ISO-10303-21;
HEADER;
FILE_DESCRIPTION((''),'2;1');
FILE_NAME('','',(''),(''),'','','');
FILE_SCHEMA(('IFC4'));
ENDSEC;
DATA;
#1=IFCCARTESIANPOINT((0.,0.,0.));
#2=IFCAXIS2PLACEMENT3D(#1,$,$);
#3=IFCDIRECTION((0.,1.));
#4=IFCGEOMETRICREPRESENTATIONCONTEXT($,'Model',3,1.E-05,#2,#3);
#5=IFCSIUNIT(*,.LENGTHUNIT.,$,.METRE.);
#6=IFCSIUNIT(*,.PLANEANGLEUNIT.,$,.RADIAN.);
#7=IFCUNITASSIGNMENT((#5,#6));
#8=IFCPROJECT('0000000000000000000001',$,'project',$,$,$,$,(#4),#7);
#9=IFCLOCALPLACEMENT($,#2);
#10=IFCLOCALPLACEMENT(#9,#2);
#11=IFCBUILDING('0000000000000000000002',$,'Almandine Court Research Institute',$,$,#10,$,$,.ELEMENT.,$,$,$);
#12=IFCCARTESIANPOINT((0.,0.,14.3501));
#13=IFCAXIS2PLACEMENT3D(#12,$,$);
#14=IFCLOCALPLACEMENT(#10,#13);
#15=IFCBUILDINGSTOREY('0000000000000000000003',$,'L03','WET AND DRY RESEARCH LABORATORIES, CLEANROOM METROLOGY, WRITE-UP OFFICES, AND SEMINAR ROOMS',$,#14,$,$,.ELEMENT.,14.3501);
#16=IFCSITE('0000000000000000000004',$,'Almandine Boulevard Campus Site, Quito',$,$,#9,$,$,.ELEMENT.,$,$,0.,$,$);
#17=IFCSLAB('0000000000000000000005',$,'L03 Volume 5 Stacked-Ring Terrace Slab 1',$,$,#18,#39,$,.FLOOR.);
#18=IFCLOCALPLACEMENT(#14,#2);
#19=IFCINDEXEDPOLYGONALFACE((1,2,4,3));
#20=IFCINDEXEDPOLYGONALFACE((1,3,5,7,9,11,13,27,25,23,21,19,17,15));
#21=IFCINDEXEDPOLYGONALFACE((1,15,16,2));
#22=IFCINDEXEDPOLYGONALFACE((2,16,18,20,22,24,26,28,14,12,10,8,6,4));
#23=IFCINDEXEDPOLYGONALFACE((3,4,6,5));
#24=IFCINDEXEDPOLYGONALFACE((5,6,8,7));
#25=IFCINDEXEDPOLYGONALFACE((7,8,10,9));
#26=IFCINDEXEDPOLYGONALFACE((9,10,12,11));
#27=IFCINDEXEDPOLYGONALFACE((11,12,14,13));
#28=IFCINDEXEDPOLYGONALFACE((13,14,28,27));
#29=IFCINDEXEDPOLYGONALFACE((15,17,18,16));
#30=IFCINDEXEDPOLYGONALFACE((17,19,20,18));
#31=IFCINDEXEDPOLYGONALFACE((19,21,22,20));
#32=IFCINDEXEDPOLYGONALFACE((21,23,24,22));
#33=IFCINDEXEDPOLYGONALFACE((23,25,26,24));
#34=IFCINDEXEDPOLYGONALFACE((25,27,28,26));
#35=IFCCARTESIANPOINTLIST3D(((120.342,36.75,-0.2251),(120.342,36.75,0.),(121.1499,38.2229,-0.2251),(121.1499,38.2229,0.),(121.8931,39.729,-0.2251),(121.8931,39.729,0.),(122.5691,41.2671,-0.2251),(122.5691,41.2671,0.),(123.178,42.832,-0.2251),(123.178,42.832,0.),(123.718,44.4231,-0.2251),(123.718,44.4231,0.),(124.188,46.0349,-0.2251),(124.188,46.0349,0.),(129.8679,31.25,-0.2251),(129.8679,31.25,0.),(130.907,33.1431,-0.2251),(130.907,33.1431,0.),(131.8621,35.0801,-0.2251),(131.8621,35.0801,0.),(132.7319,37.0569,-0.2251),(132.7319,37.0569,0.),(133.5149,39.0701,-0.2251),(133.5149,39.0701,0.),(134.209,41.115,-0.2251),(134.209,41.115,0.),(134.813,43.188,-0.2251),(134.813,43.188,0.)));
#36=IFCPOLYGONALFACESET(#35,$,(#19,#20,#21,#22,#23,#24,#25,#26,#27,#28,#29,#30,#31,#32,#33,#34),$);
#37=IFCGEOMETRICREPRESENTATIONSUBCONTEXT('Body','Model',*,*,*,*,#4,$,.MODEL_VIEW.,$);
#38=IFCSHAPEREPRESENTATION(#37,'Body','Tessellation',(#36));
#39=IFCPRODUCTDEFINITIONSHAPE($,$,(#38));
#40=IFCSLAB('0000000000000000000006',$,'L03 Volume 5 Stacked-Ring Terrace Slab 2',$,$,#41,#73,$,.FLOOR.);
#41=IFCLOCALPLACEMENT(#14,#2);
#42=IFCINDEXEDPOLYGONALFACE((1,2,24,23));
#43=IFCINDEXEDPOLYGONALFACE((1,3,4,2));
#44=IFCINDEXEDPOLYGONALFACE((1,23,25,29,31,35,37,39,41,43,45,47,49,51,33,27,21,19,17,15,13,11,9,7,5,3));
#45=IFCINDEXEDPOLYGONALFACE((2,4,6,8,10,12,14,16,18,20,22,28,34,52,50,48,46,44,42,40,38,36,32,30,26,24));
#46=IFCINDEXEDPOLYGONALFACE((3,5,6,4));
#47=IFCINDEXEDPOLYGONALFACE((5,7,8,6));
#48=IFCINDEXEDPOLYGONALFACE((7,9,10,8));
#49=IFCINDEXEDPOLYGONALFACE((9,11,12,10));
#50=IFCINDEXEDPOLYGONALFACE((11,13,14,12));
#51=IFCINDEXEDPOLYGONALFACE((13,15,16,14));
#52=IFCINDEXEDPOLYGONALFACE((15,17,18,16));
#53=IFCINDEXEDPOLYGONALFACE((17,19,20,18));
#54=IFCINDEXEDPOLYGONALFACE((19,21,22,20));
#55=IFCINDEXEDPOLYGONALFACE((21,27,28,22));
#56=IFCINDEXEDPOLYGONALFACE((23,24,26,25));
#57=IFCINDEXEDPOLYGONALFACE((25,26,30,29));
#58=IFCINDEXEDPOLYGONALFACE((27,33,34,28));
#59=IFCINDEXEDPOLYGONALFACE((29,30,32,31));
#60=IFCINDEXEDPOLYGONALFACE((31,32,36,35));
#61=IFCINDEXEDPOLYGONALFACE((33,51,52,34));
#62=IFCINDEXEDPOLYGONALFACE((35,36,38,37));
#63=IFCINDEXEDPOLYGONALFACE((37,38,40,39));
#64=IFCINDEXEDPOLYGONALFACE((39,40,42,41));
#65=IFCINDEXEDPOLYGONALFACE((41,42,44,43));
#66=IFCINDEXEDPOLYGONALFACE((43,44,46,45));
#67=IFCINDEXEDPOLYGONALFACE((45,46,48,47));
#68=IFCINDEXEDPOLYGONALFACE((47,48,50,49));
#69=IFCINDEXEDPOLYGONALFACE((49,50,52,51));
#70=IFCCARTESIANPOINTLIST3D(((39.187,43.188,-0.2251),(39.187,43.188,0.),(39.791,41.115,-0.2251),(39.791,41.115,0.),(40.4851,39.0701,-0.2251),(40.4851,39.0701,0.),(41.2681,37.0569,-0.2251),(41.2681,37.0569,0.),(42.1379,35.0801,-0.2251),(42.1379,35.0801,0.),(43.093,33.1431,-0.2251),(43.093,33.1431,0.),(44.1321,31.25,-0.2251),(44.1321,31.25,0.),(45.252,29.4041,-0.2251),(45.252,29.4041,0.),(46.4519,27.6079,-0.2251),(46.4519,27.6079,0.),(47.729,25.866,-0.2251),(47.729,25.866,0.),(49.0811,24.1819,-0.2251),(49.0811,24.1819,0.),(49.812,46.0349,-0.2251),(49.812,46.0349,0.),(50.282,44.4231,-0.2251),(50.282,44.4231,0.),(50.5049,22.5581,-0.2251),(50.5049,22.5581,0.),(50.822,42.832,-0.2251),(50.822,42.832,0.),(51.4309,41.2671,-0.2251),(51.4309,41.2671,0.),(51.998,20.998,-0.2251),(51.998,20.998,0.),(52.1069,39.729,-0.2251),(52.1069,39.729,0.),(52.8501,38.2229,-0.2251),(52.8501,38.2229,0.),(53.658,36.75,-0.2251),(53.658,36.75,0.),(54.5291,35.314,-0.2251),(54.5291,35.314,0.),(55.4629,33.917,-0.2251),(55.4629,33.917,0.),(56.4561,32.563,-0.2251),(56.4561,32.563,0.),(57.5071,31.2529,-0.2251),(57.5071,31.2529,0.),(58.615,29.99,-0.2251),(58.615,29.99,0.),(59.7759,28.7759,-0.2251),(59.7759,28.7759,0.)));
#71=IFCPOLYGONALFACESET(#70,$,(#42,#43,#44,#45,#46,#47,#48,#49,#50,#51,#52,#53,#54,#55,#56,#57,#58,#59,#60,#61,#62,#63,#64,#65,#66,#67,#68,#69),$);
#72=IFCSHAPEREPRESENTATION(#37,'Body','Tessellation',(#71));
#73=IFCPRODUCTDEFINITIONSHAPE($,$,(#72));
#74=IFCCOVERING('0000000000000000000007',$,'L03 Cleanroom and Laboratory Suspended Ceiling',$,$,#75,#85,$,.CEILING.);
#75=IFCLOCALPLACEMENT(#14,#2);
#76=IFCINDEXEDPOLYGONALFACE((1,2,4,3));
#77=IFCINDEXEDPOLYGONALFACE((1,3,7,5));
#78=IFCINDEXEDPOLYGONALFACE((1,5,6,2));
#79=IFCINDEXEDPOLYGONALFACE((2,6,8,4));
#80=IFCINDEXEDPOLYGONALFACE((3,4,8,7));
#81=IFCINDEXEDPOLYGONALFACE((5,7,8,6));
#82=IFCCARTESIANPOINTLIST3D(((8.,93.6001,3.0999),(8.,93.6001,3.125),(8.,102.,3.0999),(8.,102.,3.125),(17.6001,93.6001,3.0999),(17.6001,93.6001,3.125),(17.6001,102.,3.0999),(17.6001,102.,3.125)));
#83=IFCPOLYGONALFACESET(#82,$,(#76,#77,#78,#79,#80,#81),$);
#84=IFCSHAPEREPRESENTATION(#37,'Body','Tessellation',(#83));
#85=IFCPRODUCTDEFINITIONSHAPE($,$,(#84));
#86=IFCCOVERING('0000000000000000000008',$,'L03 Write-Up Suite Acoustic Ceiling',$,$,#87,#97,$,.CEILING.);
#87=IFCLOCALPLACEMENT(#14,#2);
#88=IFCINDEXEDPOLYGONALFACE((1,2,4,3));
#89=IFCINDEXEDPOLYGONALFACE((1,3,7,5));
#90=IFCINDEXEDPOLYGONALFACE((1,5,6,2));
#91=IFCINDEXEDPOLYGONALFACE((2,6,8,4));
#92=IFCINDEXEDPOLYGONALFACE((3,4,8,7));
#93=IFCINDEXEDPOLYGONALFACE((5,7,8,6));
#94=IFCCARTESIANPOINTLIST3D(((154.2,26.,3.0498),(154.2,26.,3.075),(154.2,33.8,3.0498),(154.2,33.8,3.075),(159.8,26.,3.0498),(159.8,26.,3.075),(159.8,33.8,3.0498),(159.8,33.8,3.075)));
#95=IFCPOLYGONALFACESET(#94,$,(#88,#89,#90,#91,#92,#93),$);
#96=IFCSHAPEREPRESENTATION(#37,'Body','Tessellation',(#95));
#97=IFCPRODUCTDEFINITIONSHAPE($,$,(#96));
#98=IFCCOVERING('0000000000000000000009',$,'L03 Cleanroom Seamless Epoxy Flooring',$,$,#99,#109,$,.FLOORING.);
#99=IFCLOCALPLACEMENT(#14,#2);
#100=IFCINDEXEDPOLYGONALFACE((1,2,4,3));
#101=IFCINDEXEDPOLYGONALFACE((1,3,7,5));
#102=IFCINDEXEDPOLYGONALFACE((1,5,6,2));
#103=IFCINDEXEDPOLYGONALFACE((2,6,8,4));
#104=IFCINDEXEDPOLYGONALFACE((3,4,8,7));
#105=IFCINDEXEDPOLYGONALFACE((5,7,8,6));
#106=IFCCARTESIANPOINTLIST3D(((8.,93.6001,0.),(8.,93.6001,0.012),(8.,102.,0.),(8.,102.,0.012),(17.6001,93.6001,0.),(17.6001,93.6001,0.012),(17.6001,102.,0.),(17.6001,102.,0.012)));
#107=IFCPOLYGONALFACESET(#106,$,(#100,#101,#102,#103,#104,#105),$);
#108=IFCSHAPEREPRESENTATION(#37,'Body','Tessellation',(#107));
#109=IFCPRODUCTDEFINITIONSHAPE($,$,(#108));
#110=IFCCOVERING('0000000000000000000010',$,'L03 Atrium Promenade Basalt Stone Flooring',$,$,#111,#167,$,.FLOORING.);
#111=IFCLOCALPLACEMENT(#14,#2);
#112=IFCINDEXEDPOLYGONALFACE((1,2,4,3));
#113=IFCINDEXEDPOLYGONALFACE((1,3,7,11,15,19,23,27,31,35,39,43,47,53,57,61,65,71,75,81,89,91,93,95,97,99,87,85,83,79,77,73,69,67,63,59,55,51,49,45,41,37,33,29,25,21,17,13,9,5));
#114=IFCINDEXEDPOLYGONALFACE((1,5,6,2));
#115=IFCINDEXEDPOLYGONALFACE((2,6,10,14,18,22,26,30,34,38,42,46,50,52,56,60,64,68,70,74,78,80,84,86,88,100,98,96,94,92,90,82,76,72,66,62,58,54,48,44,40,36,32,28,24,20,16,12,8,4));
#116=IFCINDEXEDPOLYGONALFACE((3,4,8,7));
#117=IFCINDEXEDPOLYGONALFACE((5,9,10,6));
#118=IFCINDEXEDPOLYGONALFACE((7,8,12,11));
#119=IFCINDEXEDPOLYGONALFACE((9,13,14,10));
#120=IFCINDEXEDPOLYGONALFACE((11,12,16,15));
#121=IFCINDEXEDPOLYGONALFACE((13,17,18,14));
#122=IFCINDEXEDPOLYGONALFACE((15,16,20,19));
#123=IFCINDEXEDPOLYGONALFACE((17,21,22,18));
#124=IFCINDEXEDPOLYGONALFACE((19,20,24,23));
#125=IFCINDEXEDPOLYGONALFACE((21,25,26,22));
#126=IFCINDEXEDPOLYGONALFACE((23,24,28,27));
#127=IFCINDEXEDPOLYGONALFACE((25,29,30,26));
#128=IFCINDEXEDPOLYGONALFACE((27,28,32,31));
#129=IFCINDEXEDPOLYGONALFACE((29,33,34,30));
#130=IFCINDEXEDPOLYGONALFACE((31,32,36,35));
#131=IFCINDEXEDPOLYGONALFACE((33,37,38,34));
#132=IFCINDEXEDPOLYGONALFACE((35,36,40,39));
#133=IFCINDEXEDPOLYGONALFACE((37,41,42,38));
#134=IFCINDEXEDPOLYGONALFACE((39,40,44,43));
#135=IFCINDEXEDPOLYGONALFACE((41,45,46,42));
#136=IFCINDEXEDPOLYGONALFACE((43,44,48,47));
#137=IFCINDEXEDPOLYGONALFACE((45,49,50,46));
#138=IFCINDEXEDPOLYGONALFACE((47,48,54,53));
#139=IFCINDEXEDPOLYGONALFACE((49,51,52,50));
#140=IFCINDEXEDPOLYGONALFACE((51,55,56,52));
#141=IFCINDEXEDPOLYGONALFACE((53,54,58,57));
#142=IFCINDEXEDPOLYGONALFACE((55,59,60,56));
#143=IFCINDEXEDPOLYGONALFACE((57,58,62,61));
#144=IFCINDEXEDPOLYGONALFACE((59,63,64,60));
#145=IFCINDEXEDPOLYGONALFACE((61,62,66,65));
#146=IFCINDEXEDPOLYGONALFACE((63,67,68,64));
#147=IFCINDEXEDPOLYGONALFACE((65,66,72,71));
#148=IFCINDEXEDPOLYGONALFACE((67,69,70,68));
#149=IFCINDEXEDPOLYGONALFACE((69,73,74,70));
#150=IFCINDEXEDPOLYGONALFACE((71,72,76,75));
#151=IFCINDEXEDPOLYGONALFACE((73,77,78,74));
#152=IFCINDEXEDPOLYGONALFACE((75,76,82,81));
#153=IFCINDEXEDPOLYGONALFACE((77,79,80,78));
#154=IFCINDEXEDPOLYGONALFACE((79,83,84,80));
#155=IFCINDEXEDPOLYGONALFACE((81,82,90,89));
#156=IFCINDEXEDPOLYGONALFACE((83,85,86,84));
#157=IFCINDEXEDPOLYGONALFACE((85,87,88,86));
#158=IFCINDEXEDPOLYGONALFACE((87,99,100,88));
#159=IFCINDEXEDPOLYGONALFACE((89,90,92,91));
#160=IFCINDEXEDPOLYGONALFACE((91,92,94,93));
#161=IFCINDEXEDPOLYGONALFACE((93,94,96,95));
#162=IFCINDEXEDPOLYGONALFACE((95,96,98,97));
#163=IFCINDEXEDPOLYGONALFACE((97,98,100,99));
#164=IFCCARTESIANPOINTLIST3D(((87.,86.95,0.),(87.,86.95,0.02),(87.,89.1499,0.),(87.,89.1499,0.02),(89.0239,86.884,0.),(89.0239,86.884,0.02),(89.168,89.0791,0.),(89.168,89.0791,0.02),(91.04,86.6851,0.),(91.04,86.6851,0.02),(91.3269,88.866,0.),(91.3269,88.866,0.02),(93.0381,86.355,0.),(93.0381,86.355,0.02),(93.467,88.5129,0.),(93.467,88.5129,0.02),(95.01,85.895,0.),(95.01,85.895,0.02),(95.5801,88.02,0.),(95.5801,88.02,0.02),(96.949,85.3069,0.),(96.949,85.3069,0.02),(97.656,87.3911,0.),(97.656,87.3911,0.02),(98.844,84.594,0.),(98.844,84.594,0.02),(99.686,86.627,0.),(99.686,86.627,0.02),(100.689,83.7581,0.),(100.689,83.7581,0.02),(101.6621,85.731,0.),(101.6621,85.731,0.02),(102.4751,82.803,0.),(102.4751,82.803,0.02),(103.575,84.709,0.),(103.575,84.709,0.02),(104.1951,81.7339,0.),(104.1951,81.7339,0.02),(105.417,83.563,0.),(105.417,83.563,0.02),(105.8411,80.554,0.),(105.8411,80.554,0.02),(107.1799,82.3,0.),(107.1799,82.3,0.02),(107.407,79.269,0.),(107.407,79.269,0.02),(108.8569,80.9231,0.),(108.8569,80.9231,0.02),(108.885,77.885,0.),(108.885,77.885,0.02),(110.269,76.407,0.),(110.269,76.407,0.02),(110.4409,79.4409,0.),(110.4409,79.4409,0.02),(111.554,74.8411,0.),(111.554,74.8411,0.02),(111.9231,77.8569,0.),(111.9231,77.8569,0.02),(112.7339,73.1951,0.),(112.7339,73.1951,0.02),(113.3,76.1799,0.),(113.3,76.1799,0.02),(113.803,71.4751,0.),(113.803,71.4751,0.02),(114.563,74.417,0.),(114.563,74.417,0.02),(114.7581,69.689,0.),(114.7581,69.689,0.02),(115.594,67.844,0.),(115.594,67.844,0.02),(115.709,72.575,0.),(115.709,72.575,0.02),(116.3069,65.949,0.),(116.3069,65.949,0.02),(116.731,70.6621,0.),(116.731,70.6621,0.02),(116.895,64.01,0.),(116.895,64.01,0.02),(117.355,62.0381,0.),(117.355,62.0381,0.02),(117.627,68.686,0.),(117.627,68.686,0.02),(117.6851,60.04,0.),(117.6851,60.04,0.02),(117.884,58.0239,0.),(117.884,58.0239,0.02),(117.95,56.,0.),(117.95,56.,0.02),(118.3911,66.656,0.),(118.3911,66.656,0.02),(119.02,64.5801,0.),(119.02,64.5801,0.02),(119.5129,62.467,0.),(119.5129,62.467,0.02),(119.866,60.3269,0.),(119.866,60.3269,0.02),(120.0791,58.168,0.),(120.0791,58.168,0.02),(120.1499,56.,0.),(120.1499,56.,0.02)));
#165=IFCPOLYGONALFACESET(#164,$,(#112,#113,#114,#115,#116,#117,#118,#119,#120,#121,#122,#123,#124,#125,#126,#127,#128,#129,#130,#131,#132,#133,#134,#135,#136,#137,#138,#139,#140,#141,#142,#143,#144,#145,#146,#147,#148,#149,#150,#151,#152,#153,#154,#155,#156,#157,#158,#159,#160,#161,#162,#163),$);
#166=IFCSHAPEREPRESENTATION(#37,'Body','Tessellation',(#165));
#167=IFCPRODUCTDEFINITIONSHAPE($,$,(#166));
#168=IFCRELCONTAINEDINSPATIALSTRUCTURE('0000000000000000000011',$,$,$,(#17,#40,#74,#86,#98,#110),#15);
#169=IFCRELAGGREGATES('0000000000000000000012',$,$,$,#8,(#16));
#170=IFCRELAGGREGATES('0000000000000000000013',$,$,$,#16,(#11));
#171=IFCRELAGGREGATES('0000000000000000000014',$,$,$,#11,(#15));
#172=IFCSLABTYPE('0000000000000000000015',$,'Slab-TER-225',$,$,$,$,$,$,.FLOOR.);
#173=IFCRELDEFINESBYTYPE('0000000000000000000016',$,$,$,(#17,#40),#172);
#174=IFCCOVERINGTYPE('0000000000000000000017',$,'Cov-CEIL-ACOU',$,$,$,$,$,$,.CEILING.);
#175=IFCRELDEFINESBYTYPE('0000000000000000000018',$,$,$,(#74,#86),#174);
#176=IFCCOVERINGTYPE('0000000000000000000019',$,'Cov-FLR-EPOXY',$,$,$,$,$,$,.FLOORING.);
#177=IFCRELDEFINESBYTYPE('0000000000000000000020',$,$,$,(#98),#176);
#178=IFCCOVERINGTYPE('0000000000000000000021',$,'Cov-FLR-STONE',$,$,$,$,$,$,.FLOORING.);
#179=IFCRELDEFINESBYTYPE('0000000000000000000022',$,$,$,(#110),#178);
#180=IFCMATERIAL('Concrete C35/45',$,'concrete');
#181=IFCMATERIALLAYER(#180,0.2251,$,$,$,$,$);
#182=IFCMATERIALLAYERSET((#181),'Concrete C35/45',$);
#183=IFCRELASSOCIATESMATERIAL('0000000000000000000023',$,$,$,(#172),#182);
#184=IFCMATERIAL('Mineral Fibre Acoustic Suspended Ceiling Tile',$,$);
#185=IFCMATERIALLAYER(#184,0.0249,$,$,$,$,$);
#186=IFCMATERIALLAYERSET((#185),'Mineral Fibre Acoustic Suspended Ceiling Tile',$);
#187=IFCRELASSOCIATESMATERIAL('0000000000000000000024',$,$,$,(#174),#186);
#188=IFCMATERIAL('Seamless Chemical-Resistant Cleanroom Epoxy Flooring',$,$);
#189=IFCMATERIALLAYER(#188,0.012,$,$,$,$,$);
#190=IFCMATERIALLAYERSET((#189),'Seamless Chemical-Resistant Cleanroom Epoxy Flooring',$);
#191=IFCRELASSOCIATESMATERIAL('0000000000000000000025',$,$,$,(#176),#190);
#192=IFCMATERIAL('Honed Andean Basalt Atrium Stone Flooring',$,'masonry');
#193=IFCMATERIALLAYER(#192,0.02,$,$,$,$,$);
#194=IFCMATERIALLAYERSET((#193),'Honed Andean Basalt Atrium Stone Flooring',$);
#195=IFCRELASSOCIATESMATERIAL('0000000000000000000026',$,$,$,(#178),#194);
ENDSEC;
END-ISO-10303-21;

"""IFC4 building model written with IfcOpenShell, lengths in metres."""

from ifc_helpers import new_model, si_unit, direction, frame, origin, place, context, subcontext, project, spatial, polyline, outline, extrude, material, layer, layer_set, type_object, element, save


model = new_model("IFC4")

# Units and contexts
model_context = context("Model", 3, precision=1e-05, world=origin(), true_north=direction((0.0, 1.0)))
body_context = subcontext(model_context, "Body", "Model", "MODEL_VIEW")
ifc_project = project(units=[si_unit("LENGTHUNIT", "METRE"), si_unit("PLANEANGLEUNIT", "RADIAN")], contexts=[model_context])

# Site, building, storey
site_placement = place(None, origin())
site = spatial("IfcSite", under=ifc_project, at=site_placement, Name="Almandine Boulevard Campus Site, Quito", CompositionType="ELEMENT", RefElevation=0.0)
building_placement = place(site_placement, origin())
building = spatial("IfcBuilding", under=site, at=building_placement, Name="Almandine Court Research Institute", CompositionType="ELEMENT")
storey_placement = place(building_placement, frame((0.0, 0.0, 14.3501)))
storey = spatial("IfcBuildingStorey", under=building, at=storey_placement, Name="L03", Description="WET AND DRY RESEARCH LABORATORIES, CLEANROOM METROLOGY, WRITE-UP OFFICES, AND SEMINAR ROOMS", CompositionType="ELEMENT", Elevation=14.3501)

# Shared definitions
ifc_material_1 = material(Name="Concrete C35/45", Category="concrete")

# Slabs
ifc_layer_1 = layer(ifc_material_1, 0.2251)
ifc_layer_set_1 = layer_set([ifc_layer_1], Name="Concrete C35/45")
slab_type_1 = type_object("IfcSlabType", Name="Slab-TER-225", PredefinedType="FLOOR", material=ifc_layer_set_1)
slab_1_placement = place(storey_placement, frame((0.0, 0.0, -0.2251)))
element("IfcSlab", 1, at=slab_1_placement, inside=storey, type_object=slab_type_1, Name="L03 Volume 5 Stacked-Ring Terrace Slab 1", PredefinedType="FLOOR", context=body_context, shape_type="SweptSolid", body=[
    extrude(outline(polyline([(129.8679, 31.25), (130.907, 33.1431), (131.8621, 35.0801), (132.7319, 37.0569), (133.5149, 39.0701), (134.209, 41.115), (134.813, 43.188), (124.188, 46.0349), (123.718, 44.4231), (123.178, 42.832), (122.5691, 41.2671), (121.8931, 39.729), (121.1499, 38.2229), (120.342, 36.75), (129.8679, 31.25)])), origin(), (0.0, 0.0, 1.0), 0.2251),
])
slab_2_placement = place(storey_placement, frame((0.0, 0.0, -0.2251)))
element("IfcSlab", 2, at=slab_2_placement, inside=storey, type_object=slab_type_1, Name="L03 Volume 5 Stacked-Ring Terrace Slab 2", PredefinedType="FLOOR", context=body_context, shape_type="SweptSolid", body=[
    extrude(outline(polyline([(39.187, 43.188), (39.791, 41.115), (40.4851, 39.0701), (41.2681, 37.0569), (42.1379, 35.0801), (43.093, 33.1431), (44.1321, 31.25), (45.252, 29.4041), (46.4519, 27.6079), (47.729, 25.866), (49.0811, 24.1819), (50.5049, 22.5581), (51.998, 20.998), (59.7759, 28.7759), (58.615, 29.99), (57.5071, 31.2529), (56.4561, 32.563), (55.4629, 33.917), (54.5291, 35.314), (53.658, 36.75), (52.8501, 38.2229), (52.1069, 39.729), (51.4309, 41.2671), (50.822, 42.832), (50.282, 44.4231), (49.812, 46.0349), (39.187, 43.188)])), origin(), (0.0, 0.0, 1.0), 0.2251),
])

# Coverings
ifc_material_2 = material(Name="Mineral Fibre Acoustic Suspended Ceiling Tile")
ifc_layer_2 = layer(ifc_material_2, 0.0249)
ifc_layer_set_2 = layer_set([ifc_layer_2], Name="Mineral Fibre Acoustic Suspended Ceiling Tile")
covering_type_1 = type_object("IfcCoveringType", Name="Cov-CEIL-ACOU", PredefinedType="CEILING", material=ifc_layer_set_2)
covering_1_placement = place(storey_placement, frame((0.0, 0.0, 3.0999)))
element("IfcCovering", 3, at=covering_1_placement, inside=storey, type_object=covering_type_1, Name="L03 Cleanroom and Laboratory Suspended Ceiling", PredefinedType="CEILING", context=body_context, shape_type="SweptSolid", body=[
    extrude(outline(polyline([(8.0, 93.6001), (17.6001, 93.6001), (17.6001, 102.0), (8.0, 102.0), (8.0, 93.6001)])), origin(), (0.0, 0.0, 1.0), 0.0251),
])
covering_2_placement = place(storey_placement, frame((0.0, 0.0, 3.0498)))
element("IfcCovering", 4, at=covering_2_placement, inside=storey, type_object=covering_type_1, Name="L03 Write-Up Suite Acoustic Ceiling", PredefinedType="CEILING", context=body_context, shape_type="SweptSolid", body=[
    extrude(outline(polyline([(154.2, 26.0), (159.8, 26.0), (159.8, 33.8), (154.2, 33.8), (154.2, 26.0)])), origin(), (0.0, 0.0, 1.0), 0.0251),
])
ifc_material_3 = material(Name="Seamless Chemical-Resistant Cleanroom Epoxy Flooring")
ifc_layer_3 = layer(ifc_material_3, 0.012)
ifc_layer_set_3 = layer_set([ifc_layer_3], Name="Seamless Chemical-Resistant Cleanroom Epoxy Flooring")
covering_type_2 = type_object("IfcCoveringType", Name="Cov-FLR-EPOXY", PredefinedType="FLOORING", material=ifc_layer_set_3)
covering_3_placement = place(storey_placement, origin())
element("IfcCovering", 5, at=covering_3_placement, inside=storey, type_object=covering_type_2, Name="L03 Cleanroom Seamless Epoxy Flooring", PredefinedType="FLOORING", context=body_context, shape_type="SweptSolid", body=[
    extrude(outline(polyline([(8.0, 93.6001), (17.6001, 93.6001), (17.6001, 102.0), (8.0, 102.0), (8.0, 93.6001)])), origin(), (0.0, 0.0, 1.0), 0.012),
])
ifc_material_4 = material(Name="Honed Andean Basalt Atrium Stone Flooring", Category="masonry")
ifc_layer_4 = layer(ifc_material_4, 0.02)
ifc_layer_set_4 = layer_set([ifc_layer_4], Name="Honed Andean Basalt Atrium Stone Flooring")
covering_type_3 = type_object("IfcCoveringType", Name="Cov-FLR-STONE", PredefinedType="FLOORING", material=ifc_layer_set_4)
covering_4_placement = place(storey_placement, origin())
element("IfcCovering", 6, at=covering_4_placement, inside=storey, type_object=covering_type_3, Name="L03 Atrium Promenade Basalt Stone Flooring", PredefinedType="FLOORING", context=body_context, shape_type="SweptSolid", body=[
    extrude(outline(polyline([(120.1499, 56.0), (120.0791, 58.168), (119.866, 60.3269), (119.5129, 62.467), (119.02, 64.5801), (118.3911, 66.656), (117.627, 68.686), (116.731, 70.6621), (115.709, 72.575), (114.563, 74.417), (113.3, 76.1799), (111.9231, 77.8569), (110.4409, 79.4409), (108.8569, 80.9231), (107.1799, 82.3), (105.417, 83.563), (103.575, 84.709), (101.6621, 85.731), (99.686, 86.627), (97.656, 87.3911), (95.5801, 88.02), (93.467, 88.5129), (91.3269, 88.866), (89.168, 89.0791), (87.0, 89.1499), (87.0, 86.95), (89.0239, 86.884), (91.04, 86.6851), (93.0381, 86.355), (95.01, 85.895), (96.949, 85.3069), (98.844, 84.594), (100.689, 83.7581), (102.4751, 82.803), (104.1951, 81.7339), (105.8411, 80.554), (107.407, 79.269), (108.885, 77.885), (110.269, 76.407), (111.554, 74.8411), (112.7339, 73.1951), (113.803, 71.4751), (114.7581, 69.689), (115.594, 67.844), (116.3069, 65.949), (116.895, 64.01), (117.355, 62.0381), (117.6851, 60.04), (117.884, 58.0239), (117.95, 56.0), (120.1499, 56.0)])), origin(), (0.0, 0.0, 1.0), 0.02),
])

save(model, "model.ifc")
